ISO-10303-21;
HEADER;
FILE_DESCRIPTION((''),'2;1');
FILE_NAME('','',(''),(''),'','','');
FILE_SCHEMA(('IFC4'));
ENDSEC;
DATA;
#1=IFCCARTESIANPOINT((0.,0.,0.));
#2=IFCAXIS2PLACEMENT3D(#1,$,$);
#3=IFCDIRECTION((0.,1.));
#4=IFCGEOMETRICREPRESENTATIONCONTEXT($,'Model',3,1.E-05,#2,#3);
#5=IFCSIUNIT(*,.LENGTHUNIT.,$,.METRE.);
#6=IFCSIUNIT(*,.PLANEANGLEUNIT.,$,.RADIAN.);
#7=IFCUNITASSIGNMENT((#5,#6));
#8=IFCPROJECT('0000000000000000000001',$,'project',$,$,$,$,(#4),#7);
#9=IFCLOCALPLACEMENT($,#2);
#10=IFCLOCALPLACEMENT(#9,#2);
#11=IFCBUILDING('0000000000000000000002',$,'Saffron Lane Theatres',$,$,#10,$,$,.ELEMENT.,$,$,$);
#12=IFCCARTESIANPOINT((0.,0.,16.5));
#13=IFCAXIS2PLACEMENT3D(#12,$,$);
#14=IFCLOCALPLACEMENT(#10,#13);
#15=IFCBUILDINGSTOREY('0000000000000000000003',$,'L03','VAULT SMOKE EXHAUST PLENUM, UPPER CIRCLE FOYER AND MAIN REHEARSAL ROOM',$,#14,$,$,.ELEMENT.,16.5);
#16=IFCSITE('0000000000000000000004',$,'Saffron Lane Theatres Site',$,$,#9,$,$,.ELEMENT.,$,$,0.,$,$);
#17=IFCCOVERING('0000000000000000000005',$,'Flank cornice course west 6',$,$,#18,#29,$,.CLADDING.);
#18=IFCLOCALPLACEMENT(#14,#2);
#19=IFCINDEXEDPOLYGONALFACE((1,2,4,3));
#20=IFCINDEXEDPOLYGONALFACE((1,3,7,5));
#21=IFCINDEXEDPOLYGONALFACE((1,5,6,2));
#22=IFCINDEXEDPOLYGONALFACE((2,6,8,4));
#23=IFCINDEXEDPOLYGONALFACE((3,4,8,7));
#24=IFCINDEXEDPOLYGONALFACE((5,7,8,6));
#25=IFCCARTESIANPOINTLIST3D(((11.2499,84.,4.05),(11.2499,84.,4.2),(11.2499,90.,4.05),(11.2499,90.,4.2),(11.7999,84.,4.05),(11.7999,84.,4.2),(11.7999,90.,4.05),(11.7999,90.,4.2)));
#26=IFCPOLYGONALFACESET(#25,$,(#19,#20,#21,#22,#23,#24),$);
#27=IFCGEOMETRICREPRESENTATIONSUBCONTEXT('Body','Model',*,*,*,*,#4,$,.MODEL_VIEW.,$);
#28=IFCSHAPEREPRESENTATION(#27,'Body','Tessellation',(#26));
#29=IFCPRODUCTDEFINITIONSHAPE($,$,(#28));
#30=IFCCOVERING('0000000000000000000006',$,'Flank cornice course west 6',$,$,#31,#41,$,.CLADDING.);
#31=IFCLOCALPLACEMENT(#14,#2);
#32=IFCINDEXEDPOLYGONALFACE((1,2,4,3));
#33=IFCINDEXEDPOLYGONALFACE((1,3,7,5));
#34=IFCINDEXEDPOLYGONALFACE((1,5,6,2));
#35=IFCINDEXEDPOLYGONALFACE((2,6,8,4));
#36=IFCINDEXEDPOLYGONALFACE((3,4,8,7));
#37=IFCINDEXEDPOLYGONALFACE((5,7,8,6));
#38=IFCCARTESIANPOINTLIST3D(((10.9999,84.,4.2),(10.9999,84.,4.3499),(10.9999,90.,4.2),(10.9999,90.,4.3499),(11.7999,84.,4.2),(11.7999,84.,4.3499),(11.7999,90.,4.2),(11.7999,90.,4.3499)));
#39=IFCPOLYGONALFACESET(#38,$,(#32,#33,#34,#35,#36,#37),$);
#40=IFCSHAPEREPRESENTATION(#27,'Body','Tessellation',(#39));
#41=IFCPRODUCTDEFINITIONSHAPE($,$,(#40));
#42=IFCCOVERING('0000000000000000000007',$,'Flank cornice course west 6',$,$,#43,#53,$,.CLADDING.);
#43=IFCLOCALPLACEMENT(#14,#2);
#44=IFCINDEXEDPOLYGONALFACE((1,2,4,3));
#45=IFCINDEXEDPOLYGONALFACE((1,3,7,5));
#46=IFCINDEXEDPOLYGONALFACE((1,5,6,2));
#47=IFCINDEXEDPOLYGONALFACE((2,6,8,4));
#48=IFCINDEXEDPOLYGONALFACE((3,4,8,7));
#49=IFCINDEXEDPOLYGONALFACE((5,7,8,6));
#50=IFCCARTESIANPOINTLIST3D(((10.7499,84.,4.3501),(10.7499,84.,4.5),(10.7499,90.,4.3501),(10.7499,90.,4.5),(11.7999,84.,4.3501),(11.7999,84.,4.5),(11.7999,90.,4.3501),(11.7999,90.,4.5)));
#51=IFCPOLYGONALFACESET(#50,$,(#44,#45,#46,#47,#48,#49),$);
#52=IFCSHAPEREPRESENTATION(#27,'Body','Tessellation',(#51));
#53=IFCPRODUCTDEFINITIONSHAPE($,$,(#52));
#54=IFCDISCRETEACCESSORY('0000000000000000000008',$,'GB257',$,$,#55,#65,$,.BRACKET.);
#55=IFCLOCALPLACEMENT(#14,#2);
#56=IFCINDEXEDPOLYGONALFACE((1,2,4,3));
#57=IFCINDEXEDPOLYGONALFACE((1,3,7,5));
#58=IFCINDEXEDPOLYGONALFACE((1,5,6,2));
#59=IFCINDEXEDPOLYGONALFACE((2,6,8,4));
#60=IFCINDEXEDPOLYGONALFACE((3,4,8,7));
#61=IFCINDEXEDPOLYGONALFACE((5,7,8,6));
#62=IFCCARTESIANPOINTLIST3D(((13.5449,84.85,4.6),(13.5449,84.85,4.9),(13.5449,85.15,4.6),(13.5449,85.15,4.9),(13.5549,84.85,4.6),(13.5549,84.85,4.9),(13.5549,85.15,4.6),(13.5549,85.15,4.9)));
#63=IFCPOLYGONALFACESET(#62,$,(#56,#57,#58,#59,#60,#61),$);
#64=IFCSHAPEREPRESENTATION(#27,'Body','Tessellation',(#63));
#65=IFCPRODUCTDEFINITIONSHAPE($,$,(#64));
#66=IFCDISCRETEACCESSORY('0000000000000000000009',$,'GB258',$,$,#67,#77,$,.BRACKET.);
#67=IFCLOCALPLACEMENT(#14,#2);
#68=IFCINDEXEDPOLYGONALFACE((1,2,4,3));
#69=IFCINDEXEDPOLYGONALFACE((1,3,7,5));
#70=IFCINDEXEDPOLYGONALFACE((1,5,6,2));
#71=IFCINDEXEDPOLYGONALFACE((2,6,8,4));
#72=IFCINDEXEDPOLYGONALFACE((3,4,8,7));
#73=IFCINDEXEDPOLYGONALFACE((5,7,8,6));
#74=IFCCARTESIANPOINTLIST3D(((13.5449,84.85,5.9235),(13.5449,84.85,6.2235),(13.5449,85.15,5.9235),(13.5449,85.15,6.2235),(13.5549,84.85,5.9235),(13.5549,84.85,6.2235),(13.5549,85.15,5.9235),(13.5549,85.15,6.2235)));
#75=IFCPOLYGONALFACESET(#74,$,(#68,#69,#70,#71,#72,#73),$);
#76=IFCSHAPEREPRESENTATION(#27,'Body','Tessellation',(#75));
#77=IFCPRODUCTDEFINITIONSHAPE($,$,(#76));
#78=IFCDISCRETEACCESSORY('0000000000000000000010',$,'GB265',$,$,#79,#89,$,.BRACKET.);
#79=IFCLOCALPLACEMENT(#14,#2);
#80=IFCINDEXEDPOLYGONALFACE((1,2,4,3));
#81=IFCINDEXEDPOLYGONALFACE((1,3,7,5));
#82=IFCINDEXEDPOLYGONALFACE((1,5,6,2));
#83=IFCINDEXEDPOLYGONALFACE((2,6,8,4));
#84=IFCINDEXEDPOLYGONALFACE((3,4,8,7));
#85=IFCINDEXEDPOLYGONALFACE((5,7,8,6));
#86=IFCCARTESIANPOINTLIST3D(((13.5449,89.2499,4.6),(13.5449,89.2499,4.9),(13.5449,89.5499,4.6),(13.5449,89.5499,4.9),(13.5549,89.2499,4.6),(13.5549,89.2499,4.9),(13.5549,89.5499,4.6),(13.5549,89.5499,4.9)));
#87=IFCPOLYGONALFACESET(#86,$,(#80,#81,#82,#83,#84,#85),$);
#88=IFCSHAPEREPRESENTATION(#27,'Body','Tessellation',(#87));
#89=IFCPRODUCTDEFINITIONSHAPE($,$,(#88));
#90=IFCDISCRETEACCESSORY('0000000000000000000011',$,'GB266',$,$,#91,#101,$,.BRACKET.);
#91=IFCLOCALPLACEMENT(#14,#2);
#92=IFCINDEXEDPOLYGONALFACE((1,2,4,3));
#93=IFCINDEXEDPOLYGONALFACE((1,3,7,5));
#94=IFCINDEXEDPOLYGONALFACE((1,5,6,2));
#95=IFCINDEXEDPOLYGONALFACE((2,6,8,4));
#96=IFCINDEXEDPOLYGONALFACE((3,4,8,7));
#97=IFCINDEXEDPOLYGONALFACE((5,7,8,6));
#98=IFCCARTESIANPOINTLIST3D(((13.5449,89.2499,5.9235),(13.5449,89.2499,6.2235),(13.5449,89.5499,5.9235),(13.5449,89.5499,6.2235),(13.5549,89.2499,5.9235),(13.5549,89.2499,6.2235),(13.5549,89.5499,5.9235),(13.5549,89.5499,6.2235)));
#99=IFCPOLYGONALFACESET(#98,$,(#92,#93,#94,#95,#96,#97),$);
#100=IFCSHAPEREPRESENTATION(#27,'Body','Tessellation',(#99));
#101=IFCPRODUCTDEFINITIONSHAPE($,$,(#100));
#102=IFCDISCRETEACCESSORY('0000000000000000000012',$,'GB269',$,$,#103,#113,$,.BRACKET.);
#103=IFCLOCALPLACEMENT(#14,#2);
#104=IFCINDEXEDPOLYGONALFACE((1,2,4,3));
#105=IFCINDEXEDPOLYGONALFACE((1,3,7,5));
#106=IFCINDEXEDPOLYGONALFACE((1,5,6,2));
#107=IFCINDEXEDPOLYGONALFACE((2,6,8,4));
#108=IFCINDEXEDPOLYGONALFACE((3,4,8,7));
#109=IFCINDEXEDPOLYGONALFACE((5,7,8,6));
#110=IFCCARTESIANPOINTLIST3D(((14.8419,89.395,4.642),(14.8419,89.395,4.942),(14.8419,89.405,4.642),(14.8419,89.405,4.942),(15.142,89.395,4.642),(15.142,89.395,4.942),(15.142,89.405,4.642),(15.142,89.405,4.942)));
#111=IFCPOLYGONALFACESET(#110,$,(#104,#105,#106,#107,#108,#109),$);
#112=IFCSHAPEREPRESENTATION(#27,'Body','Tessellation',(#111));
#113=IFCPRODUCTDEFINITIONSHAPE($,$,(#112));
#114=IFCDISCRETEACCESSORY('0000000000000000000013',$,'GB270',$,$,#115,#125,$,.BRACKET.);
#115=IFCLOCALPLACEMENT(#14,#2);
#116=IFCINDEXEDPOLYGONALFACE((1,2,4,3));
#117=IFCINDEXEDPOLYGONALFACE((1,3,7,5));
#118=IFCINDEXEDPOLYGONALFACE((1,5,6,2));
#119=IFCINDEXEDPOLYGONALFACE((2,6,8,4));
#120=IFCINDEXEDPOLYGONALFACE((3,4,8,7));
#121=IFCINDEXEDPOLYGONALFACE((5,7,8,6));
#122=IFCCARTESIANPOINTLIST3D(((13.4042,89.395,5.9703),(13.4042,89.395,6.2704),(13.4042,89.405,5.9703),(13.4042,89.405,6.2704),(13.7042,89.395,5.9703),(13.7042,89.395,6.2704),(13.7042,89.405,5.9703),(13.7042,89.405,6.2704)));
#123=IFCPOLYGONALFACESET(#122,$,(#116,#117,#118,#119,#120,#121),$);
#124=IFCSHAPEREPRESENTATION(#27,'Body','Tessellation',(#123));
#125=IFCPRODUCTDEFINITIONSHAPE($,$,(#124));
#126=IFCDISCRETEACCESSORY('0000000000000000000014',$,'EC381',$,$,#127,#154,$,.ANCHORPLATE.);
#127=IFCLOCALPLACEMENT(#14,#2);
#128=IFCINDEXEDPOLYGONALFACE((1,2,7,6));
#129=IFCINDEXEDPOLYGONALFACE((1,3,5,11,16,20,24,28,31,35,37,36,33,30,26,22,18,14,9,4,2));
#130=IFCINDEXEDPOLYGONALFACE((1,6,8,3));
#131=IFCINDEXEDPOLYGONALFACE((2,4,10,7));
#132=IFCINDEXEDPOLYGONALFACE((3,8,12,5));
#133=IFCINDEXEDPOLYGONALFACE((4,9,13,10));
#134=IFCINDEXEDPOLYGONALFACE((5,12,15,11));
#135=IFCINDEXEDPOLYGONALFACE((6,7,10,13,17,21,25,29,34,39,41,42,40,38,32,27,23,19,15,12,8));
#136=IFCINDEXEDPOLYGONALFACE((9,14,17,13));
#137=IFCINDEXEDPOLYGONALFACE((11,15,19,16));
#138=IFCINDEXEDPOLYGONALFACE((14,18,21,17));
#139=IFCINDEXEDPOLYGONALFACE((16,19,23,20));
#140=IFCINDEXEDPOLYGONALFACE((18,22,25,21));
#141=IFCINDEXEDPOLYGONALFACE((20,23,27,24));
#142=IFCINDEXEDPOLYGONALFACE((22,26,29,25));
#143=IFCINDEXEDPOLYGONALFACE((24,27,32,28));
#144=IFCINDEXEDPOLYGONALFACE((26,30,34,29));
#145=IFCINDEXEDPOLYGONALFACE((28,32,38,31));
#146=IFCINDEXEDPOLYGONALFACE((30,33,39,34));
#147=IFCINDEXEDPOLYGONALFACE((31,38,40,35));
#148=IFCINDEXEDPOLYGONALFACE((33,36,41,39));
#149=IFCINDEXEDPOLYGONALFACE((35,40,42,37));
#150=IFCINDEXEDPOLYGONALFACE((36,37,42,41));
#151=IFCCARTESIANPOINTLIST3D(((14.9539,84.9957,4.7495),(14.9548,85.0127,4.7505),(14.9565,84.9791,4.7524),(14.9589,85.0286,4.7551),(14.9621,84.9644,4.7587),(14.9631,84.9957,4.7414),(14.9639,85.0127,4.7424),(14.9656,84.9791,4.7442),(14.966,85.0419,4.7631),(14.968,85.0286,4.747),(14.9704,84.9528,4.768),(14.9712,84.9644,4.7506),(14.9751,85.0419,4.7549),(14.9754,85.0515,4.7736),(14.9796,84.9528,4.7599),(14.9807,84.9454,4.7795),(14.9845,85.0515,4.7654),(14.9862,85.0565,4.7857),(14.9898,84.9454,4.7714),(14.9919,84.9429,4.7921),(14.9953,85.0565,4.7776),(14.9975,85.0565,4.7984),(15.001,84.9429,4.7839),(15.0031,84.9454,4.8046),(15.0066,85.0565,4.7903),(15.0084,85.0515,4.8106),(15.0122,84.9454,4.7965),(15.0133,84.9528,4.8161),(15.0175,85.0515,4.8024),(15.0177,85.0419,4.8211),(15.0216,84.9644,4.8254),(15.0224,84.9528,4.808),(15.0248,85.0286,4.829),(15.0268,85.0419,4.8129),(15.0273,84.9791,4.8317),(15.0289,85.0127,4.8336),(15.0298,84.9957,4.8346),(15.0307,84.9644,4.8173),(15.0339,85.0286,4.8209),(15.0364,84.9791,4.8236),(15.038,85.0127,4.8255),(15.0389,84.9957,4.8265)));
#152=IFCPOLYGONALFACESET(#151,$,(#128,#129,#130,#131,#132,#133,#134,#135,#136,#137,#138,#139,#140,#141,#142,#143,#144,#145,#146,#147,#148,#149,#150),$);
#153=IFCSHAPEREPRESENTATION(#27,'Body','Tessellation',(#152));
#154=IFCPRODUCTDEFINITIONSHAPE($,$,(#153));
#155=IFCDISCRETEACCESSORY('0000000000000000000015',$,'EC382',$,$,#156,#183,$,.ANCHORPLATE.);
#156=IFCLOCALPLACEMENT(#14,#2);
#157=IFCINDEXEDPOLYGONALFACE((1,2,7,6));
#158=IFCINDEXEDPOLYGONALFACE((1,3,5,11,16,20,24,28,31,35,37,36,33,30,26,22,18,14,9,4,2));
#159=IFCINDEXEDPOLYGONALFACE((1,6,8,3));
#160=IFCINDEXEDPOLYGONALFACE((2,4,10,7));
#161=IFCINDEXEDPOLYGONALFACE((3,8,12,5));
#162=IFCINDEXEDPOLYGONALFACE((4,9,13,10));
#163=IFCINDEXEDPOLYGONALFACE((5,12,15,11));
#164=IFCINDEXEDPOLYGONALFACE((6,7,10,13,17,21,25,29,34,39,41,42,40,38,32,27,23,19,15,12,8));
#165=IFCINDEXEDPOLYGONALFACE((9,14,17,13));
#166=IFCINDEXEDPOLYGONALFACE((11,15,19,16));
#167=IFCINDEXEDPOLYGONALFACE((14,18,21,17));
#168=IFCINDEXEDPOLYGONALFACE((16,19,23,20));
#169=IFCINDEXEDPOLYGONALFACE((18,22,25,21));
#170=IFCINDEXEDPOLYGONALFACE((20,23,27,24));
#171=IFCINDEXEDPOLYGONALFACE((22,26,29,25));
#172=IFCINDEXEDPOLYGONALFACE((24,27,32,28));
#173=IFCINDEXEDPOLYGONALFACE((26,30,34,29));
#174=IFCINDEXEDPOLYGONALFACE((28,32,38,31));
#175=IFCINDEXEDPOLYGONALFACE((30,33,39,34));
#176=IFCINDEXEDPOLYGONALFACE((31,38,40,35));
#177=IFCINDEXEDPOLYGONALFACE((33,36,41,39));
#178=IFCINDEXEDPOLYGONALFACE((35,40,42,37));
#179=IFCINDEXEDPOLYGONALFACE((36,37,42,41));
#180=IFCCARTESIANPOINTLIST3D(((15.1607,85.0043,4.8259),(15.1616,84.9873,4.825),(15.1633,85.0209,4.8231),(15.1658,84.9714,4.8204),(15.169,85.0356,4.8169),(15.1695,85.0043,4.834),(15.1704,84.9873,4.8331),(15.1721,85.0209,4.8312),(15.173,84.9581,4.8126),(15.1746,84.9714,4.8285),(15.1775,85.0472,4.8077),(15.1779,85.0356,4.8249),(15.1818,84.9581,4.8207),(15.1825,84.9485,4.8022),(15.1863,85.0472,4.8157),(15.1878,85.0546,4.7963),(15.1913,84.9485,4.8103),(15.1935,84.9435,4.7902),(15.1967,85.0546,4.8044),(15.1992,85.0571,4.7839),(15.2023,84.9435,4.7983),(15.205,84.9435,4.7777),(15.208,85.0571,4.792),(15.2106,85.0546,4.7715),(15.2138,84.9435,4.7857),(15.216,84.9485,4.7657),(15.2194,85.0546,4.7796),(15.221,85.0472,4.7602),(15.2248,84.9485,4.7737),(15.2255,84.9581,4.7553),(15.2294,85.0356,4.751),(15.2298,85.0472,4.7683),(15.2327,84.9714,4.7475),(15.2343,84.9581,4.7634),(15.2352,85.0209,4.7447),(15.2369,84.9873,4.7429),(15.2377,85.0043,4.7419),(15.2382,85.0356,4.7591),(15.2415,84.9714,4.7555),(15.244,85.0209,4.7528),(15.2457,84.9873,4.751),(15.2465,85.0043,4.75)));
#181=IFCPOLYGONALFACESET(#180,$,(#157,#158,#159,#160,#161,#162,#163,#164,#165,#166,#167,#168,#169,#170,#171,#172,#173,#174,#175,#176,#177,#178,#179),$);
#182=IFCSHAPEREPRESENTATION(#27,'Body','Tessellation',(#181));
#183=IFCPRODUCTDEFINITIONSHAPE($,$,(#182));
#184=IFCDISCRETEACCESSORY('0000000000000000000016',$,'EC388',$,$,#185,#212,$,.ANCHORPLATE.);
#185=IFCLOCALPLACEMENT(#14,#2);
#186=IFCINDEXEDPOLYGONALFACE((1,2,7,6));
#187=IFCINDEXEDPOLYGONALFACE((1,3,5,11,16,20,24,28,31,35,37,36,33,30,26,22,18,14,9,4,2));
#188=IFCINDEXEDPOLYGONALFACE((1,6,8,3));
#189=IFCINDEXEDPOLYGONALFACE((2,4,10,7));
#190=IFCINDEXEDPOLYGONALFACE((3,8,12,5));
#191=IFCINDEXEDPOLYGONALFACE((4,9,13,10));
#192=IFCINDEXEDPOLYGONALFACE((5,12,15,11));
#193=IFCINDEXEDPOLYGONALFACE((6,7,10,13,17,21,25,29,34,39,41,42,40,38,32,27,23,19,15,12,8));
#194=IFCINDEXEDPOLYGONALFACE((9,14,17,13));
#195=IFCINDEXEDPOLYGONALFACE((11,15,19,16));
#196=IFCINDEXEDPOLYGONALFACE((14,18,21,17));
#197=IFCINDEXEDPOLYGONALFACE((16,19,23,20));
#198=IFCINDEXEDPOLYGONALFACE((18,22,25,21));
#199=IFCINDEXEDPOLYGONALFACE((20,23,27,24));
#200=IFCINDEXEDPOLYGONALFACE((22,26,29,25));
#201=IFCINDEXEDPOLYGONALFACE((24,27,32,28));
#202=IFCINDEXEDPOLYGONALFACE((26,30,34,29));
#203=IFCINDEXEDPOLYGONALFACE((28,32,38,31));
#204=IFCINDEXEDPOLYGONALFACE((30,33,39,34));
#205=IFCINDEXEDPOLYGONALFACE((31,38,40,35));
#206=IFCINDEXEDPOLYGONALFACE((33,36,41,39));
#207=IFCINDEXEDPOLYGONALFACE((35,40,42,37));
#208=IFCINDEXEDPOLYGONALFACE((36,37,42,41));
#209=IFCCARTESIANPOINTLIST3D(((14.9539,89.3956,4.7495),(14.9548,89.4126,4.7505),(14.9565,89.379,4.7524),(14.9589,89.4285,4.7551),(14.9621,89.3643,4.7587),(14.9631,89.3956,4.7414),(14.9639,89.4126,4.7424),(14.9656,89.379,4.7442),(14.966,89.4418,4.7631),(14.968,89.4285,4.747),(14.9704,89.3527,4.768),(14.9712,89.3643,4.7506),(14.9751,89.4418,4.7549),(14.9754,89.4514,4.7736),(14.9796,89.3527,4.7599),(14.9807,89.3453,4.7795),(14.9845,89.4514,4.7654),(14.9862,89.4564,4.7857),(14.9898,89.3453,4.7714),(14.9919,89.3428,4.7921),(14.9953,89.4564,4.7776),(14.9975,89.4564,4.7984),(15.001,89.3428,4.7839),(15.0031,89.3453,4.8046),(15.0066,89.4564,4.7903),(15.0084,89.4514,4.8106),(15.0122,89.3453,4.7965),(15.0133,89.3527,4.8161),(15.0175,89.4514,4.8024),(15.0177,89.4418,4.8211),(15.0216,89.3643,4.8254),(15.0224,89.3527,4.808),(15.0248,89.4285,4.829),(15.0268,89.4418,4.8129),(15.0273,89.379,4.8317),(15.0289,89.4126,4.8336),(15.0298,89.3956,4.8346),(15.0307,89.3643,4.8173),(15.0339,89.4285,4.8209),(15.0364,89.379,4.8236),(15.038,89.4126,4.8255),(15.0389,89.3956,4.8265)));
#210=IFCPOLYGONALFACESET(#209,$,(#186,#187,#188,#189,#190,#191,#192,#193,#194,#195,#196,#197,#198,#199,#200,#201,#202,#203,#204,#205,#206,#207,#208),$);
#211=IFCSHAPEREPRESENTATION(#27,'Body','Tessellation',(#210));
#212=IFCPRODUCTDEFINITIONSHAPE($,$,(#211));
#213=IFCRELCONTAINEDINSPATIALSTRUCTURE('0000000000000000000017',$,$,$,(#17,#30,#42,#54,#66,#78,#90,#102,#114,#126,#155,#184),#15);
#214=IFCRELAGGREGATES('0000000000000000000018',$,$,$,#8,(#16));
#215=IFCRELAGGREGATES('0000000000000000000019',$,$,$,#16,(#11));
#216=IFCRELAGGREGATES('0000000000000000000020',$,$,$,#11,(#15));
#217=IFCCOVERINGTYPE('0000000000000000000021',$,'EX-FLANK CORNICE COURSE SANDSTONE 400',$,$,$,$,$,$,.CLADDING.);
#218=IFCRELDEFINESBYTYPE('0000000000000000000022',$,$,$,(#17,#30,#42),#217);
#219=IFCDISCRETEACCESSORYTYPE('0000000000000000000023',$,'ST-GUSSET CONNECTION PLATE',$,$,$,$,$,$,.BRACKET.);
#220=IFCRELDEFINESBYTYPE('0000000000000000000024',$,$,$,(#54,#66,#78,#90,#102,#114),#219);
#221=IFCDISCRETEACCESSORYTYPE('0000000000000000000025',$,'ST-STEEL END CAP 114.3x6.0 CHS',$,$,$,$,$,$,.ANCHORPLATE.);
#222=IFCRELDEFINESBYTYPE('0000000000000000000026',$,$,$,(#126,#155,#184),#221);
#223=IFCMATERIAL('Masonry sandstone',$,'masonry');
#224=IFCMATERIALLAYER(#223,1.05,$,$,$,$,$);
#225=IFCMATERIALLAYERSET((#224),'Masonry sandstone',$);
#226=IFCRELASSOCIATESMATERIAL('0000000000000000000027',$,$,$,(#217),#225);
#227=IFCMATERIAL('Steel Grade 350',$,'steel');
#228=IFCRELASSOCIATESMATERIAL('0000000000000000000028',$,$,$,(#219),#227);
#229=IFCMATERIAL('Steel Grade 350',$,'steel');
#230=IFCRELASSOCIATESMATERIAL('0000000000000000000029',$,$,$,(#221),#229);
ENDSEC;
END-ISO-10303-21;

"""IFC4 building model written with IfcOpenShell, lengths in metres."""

from ifc_helpers import new_model, si_unit, direction, frame, origin, origin_2d, place, context, subcontext, project, spatial, rectangle, circle, extrude, material, layer, layer_set, material_profile, profile_set, type_object, element, save


model = new_model("IFC4")

# Units and contexts
model_context = context("Model", 3, precision=1e-05, world=origin(), true_north=direction((0.0, 1.0)))
body_context = subcontext(model_context, "Body", "Model", "MODEL_VIEW")
ifc_project = project(units=[si_unit("LENGTHUNIT", "METRE"), si_unit("PLANEANGLEUNIT", "RADIAN")], contexts=[model_context])

# Site, building, storey
site_placement = place(None, origin())
site = spatial("IfcSite", under=ifc_project, at=site_placement, Name="Saffron Lane Theatres Site", CompositionType="ELEMENT", RefElevation=0.0)
building_placement = place(site_placement, origin())
building = spatial("IfcBuilding", under=site, at=building_placement, Name="Saffron Lane Theatres", CompositionType="ELEMENT")
storey_placement = place(building_placement, frame((0.0, 0.0, 16.5)))
storey = spatial("IfcBuildingStorey", under=building, at=storey_placement, Name="L03", Description="VAULT SMOKE EXHAUST PLENUM, UPPER CIRCLE FOYER AND MAIN REHEARSAL ROOM", CompositionType="ELEMENT", Elevation=16.5)

# Coverings
ifc_material_1 = material(Name="Masonry sandstone", Category="masonry")
ifc_layer_1 = layer(ifc_material_1, 1.05)
ifc_layer_set_1 = layer_set([ifc_layer_1], Name="Masonry sandstone")
covering_type_1 = type_object("IfcCoveringType", Name="EX-FLANK CORNICE COURSE SANDSTONE 400", PredefinedType="CLADDING", material=ifc_layer_set_1)
covering_1_placement = place(storey_placement, frame((11.5249, 87.0, 4.05), z_axis=(0.0, 0.0, 1.0), x_axis=(0.0, 1.0, 0.0)))
element("IfcCovering", 1, at=covering_1_placement, inside=storey, type_object=covering_type_1, Name="Flank cornice course west 6", PredefinedType="CLADDING", context=body_context, shape_type="SweptSolid", body=[
    extrude(rectangle(XDim=6.0, YDim=0.55, at=origin_2d()), origin(), (0.0, 0.0, 1.0), 0.1499),
])
covering_2_placement = place(storey_placement, frame((11.3999, 87.0, 4.2), z_axis=(0.0, 0.0, 1.0), x_axis=(0.0, 1.0, 0.0)))
element("IfcCovering", 2, at=covering_2_placement, inside=storey, type_object=covering_type_1, Name="Flank cornice course west 6", PredefinedType="CLADDING", context=body_context, shape_type="SweptSolid", body=[
    extrude(rectangle(XDim=6.0, YDim=0.8, at=origin_2d()), origin(), (0.0, 0.0, 1.0), 0.1499),
])
covering_3_placement = place(storey_placement, frame((11.2749, 87.0, 4.3501), z_axis=(0.0, 0.0, 1.0), x_axis=(0.0, 1.0, 0.0)))
element("IfcCovering", 3, at=covering_3_placement, inside=storey, type_object=covering_type_1, Name="Flank cornice course west 6", PredefinedType="CLADDING", context=body_context, shape_type="SweptSolid", body=[
    extrude(rectangle(XDim=6.0, YDim=1.05, at=origin_2d()), origin(), (0.0, 0.0, 1.0), 0.1499),
])

# Discrete accessories
ifc_material_2 = material(Name="Steel Grade 350", Category="steel")
ifc_material_profile_1 = material_profile(ifc_material_2, rectangle(XDim=0.3, YDim=0.3, at=origin_2d()))
ifc_profile_set_1 = profile_set([ifc_material_profile_1], Name="Steel Grade 350")
discrete_accessory_type_1 = type_object("IfcDiscreteAccessoryType", Name="ST-GUSSET CONNECTION PLATE", PredefinedType="BRACKET", material=ifc_profile_set_1)
for number, where, z_axis, x_axis, name in (
    (4, (13.5449, 85.0, 4.75), (1.0, 0.0, 0.0), (0.0, 1.0, 0.0), "GB257"),
    (5, (13.5449, 85.0, 6.0735), (1.0, 0.0, 0.0), (0.0, 1.0, 0.0), "GB258"),
    (6, (13.5449, 89.3999, 4.75), (1.0, 0.0, 0.0), (0.0, 1.0, 0.0), "GB265"),
    (7, (13.5449, 89.3999, 6.0735), (1.0, 0.0, 0.0), (0.0, 1.0, 0.0), "GB266"),
    (8, (14.9919, 89.395, 4.792), (0.0, 1.0, 0.0), (-1.0, 0.0, 0.0), "GB269"),
    (9, (13.5542, 89.395, 6.1204), (0.0, 1.0, 0.0), (-1.0, 0.0, 0.0), "GB270"),
):
    element("IfcDiscreteAccessory", number, at=place(storey_placement, frame(where, z_axis=z_axis, x_axis=x_axis)), inside=storey, type_object=discrete_accessory_type_1, Name=name, PredefinedType="BRACKET", context=body_context, shape_type="SweptSolid", body=[
        extrude(rectangle(XDim=0.3, YDim=0.3, at=origin_2d()), origin(), (0.0, 0.0, 1.0), 0.01),
    ])
ifc_material_3 = material(Name="Steel Grade 350", Category="steel")
ifc_material_profile_2 = material_profile(ifc_material_3, circle(Radius=0.0571, at=origin_2d()))
ifc_profile_set_2 = profile_set([ifc_material_profile_2], Name="Steel Grade 350")
discrete_accessory_type_2 = type_object("IfcDiscreteAccessoryType", Name="ST-STEEL END CAP 114.3x6.0 CHS", PredefinedType="ANCHORPLATE", material=ifc_profile_set_2)
discrete_accessory_1_placement = place(storey_placement, frame((15.001, 85.0, 4.7839), z_axis=(-0.746295, 0.0, 0.665615), x_axis=(0.0, -1.0, 0.0)))
element("IfcDiscreteAccessory", 10, at=discrete_accessory_1_placement, inside=storey, type_object=discrete_accessory_type_2, Name="EC381", PredefinedType="ANCHORPLATE", context=body_context, shape_type="SweptSolid", body=[
    extrude(circle(Radius=0.0571, at=origin_2d()), origin(), (0.0, 0.0, 1.0), 0.0122),
])
discrete_accessory_2_placement = place(storey_placement, frame((15.1992, 85.0, 4.7839), z_axis=(0.737154, 0.0, 0.675725), x_axis=(0.0, 1.0, 0.0)))
element("IfcDiscreteAccessory", 11, at=discrete_accessory_2_placement, inside=storey, type_object=discrete_accessory_type_2, Name="EC382", PredefinedType="ANCHORPLATE", context=body_context, shape_type="SweptSolid", body=[
    extrude(circle(Radius=0.0571, at=origin_2d()), origin(), (0.0, 0.0, 1.0), 0.012),
])
discrete_accessory_3_placement = place(storey_placement, frame((15.001, 89.3999, 4.7839), z_axis=(-0.746295, 0.0, 0.665615), x_axis=(0.0, -1.0, 0.0)))
element("IfcDiscreteAccessory", 12, at=discrete_accessory_3_placement, inside=storey, type_object=discrete_accessory_type_2, Name="EC388", PredefinedType="ANCHORPLATE", context=body_context, shape_type="SweptSolid", body=[
    extrude(circle(Radius=0.0571, at=origin_2d()), origin(), (0.0, 0.0, 1.0), 0.0122),
])

save(model, "model.ifc")
